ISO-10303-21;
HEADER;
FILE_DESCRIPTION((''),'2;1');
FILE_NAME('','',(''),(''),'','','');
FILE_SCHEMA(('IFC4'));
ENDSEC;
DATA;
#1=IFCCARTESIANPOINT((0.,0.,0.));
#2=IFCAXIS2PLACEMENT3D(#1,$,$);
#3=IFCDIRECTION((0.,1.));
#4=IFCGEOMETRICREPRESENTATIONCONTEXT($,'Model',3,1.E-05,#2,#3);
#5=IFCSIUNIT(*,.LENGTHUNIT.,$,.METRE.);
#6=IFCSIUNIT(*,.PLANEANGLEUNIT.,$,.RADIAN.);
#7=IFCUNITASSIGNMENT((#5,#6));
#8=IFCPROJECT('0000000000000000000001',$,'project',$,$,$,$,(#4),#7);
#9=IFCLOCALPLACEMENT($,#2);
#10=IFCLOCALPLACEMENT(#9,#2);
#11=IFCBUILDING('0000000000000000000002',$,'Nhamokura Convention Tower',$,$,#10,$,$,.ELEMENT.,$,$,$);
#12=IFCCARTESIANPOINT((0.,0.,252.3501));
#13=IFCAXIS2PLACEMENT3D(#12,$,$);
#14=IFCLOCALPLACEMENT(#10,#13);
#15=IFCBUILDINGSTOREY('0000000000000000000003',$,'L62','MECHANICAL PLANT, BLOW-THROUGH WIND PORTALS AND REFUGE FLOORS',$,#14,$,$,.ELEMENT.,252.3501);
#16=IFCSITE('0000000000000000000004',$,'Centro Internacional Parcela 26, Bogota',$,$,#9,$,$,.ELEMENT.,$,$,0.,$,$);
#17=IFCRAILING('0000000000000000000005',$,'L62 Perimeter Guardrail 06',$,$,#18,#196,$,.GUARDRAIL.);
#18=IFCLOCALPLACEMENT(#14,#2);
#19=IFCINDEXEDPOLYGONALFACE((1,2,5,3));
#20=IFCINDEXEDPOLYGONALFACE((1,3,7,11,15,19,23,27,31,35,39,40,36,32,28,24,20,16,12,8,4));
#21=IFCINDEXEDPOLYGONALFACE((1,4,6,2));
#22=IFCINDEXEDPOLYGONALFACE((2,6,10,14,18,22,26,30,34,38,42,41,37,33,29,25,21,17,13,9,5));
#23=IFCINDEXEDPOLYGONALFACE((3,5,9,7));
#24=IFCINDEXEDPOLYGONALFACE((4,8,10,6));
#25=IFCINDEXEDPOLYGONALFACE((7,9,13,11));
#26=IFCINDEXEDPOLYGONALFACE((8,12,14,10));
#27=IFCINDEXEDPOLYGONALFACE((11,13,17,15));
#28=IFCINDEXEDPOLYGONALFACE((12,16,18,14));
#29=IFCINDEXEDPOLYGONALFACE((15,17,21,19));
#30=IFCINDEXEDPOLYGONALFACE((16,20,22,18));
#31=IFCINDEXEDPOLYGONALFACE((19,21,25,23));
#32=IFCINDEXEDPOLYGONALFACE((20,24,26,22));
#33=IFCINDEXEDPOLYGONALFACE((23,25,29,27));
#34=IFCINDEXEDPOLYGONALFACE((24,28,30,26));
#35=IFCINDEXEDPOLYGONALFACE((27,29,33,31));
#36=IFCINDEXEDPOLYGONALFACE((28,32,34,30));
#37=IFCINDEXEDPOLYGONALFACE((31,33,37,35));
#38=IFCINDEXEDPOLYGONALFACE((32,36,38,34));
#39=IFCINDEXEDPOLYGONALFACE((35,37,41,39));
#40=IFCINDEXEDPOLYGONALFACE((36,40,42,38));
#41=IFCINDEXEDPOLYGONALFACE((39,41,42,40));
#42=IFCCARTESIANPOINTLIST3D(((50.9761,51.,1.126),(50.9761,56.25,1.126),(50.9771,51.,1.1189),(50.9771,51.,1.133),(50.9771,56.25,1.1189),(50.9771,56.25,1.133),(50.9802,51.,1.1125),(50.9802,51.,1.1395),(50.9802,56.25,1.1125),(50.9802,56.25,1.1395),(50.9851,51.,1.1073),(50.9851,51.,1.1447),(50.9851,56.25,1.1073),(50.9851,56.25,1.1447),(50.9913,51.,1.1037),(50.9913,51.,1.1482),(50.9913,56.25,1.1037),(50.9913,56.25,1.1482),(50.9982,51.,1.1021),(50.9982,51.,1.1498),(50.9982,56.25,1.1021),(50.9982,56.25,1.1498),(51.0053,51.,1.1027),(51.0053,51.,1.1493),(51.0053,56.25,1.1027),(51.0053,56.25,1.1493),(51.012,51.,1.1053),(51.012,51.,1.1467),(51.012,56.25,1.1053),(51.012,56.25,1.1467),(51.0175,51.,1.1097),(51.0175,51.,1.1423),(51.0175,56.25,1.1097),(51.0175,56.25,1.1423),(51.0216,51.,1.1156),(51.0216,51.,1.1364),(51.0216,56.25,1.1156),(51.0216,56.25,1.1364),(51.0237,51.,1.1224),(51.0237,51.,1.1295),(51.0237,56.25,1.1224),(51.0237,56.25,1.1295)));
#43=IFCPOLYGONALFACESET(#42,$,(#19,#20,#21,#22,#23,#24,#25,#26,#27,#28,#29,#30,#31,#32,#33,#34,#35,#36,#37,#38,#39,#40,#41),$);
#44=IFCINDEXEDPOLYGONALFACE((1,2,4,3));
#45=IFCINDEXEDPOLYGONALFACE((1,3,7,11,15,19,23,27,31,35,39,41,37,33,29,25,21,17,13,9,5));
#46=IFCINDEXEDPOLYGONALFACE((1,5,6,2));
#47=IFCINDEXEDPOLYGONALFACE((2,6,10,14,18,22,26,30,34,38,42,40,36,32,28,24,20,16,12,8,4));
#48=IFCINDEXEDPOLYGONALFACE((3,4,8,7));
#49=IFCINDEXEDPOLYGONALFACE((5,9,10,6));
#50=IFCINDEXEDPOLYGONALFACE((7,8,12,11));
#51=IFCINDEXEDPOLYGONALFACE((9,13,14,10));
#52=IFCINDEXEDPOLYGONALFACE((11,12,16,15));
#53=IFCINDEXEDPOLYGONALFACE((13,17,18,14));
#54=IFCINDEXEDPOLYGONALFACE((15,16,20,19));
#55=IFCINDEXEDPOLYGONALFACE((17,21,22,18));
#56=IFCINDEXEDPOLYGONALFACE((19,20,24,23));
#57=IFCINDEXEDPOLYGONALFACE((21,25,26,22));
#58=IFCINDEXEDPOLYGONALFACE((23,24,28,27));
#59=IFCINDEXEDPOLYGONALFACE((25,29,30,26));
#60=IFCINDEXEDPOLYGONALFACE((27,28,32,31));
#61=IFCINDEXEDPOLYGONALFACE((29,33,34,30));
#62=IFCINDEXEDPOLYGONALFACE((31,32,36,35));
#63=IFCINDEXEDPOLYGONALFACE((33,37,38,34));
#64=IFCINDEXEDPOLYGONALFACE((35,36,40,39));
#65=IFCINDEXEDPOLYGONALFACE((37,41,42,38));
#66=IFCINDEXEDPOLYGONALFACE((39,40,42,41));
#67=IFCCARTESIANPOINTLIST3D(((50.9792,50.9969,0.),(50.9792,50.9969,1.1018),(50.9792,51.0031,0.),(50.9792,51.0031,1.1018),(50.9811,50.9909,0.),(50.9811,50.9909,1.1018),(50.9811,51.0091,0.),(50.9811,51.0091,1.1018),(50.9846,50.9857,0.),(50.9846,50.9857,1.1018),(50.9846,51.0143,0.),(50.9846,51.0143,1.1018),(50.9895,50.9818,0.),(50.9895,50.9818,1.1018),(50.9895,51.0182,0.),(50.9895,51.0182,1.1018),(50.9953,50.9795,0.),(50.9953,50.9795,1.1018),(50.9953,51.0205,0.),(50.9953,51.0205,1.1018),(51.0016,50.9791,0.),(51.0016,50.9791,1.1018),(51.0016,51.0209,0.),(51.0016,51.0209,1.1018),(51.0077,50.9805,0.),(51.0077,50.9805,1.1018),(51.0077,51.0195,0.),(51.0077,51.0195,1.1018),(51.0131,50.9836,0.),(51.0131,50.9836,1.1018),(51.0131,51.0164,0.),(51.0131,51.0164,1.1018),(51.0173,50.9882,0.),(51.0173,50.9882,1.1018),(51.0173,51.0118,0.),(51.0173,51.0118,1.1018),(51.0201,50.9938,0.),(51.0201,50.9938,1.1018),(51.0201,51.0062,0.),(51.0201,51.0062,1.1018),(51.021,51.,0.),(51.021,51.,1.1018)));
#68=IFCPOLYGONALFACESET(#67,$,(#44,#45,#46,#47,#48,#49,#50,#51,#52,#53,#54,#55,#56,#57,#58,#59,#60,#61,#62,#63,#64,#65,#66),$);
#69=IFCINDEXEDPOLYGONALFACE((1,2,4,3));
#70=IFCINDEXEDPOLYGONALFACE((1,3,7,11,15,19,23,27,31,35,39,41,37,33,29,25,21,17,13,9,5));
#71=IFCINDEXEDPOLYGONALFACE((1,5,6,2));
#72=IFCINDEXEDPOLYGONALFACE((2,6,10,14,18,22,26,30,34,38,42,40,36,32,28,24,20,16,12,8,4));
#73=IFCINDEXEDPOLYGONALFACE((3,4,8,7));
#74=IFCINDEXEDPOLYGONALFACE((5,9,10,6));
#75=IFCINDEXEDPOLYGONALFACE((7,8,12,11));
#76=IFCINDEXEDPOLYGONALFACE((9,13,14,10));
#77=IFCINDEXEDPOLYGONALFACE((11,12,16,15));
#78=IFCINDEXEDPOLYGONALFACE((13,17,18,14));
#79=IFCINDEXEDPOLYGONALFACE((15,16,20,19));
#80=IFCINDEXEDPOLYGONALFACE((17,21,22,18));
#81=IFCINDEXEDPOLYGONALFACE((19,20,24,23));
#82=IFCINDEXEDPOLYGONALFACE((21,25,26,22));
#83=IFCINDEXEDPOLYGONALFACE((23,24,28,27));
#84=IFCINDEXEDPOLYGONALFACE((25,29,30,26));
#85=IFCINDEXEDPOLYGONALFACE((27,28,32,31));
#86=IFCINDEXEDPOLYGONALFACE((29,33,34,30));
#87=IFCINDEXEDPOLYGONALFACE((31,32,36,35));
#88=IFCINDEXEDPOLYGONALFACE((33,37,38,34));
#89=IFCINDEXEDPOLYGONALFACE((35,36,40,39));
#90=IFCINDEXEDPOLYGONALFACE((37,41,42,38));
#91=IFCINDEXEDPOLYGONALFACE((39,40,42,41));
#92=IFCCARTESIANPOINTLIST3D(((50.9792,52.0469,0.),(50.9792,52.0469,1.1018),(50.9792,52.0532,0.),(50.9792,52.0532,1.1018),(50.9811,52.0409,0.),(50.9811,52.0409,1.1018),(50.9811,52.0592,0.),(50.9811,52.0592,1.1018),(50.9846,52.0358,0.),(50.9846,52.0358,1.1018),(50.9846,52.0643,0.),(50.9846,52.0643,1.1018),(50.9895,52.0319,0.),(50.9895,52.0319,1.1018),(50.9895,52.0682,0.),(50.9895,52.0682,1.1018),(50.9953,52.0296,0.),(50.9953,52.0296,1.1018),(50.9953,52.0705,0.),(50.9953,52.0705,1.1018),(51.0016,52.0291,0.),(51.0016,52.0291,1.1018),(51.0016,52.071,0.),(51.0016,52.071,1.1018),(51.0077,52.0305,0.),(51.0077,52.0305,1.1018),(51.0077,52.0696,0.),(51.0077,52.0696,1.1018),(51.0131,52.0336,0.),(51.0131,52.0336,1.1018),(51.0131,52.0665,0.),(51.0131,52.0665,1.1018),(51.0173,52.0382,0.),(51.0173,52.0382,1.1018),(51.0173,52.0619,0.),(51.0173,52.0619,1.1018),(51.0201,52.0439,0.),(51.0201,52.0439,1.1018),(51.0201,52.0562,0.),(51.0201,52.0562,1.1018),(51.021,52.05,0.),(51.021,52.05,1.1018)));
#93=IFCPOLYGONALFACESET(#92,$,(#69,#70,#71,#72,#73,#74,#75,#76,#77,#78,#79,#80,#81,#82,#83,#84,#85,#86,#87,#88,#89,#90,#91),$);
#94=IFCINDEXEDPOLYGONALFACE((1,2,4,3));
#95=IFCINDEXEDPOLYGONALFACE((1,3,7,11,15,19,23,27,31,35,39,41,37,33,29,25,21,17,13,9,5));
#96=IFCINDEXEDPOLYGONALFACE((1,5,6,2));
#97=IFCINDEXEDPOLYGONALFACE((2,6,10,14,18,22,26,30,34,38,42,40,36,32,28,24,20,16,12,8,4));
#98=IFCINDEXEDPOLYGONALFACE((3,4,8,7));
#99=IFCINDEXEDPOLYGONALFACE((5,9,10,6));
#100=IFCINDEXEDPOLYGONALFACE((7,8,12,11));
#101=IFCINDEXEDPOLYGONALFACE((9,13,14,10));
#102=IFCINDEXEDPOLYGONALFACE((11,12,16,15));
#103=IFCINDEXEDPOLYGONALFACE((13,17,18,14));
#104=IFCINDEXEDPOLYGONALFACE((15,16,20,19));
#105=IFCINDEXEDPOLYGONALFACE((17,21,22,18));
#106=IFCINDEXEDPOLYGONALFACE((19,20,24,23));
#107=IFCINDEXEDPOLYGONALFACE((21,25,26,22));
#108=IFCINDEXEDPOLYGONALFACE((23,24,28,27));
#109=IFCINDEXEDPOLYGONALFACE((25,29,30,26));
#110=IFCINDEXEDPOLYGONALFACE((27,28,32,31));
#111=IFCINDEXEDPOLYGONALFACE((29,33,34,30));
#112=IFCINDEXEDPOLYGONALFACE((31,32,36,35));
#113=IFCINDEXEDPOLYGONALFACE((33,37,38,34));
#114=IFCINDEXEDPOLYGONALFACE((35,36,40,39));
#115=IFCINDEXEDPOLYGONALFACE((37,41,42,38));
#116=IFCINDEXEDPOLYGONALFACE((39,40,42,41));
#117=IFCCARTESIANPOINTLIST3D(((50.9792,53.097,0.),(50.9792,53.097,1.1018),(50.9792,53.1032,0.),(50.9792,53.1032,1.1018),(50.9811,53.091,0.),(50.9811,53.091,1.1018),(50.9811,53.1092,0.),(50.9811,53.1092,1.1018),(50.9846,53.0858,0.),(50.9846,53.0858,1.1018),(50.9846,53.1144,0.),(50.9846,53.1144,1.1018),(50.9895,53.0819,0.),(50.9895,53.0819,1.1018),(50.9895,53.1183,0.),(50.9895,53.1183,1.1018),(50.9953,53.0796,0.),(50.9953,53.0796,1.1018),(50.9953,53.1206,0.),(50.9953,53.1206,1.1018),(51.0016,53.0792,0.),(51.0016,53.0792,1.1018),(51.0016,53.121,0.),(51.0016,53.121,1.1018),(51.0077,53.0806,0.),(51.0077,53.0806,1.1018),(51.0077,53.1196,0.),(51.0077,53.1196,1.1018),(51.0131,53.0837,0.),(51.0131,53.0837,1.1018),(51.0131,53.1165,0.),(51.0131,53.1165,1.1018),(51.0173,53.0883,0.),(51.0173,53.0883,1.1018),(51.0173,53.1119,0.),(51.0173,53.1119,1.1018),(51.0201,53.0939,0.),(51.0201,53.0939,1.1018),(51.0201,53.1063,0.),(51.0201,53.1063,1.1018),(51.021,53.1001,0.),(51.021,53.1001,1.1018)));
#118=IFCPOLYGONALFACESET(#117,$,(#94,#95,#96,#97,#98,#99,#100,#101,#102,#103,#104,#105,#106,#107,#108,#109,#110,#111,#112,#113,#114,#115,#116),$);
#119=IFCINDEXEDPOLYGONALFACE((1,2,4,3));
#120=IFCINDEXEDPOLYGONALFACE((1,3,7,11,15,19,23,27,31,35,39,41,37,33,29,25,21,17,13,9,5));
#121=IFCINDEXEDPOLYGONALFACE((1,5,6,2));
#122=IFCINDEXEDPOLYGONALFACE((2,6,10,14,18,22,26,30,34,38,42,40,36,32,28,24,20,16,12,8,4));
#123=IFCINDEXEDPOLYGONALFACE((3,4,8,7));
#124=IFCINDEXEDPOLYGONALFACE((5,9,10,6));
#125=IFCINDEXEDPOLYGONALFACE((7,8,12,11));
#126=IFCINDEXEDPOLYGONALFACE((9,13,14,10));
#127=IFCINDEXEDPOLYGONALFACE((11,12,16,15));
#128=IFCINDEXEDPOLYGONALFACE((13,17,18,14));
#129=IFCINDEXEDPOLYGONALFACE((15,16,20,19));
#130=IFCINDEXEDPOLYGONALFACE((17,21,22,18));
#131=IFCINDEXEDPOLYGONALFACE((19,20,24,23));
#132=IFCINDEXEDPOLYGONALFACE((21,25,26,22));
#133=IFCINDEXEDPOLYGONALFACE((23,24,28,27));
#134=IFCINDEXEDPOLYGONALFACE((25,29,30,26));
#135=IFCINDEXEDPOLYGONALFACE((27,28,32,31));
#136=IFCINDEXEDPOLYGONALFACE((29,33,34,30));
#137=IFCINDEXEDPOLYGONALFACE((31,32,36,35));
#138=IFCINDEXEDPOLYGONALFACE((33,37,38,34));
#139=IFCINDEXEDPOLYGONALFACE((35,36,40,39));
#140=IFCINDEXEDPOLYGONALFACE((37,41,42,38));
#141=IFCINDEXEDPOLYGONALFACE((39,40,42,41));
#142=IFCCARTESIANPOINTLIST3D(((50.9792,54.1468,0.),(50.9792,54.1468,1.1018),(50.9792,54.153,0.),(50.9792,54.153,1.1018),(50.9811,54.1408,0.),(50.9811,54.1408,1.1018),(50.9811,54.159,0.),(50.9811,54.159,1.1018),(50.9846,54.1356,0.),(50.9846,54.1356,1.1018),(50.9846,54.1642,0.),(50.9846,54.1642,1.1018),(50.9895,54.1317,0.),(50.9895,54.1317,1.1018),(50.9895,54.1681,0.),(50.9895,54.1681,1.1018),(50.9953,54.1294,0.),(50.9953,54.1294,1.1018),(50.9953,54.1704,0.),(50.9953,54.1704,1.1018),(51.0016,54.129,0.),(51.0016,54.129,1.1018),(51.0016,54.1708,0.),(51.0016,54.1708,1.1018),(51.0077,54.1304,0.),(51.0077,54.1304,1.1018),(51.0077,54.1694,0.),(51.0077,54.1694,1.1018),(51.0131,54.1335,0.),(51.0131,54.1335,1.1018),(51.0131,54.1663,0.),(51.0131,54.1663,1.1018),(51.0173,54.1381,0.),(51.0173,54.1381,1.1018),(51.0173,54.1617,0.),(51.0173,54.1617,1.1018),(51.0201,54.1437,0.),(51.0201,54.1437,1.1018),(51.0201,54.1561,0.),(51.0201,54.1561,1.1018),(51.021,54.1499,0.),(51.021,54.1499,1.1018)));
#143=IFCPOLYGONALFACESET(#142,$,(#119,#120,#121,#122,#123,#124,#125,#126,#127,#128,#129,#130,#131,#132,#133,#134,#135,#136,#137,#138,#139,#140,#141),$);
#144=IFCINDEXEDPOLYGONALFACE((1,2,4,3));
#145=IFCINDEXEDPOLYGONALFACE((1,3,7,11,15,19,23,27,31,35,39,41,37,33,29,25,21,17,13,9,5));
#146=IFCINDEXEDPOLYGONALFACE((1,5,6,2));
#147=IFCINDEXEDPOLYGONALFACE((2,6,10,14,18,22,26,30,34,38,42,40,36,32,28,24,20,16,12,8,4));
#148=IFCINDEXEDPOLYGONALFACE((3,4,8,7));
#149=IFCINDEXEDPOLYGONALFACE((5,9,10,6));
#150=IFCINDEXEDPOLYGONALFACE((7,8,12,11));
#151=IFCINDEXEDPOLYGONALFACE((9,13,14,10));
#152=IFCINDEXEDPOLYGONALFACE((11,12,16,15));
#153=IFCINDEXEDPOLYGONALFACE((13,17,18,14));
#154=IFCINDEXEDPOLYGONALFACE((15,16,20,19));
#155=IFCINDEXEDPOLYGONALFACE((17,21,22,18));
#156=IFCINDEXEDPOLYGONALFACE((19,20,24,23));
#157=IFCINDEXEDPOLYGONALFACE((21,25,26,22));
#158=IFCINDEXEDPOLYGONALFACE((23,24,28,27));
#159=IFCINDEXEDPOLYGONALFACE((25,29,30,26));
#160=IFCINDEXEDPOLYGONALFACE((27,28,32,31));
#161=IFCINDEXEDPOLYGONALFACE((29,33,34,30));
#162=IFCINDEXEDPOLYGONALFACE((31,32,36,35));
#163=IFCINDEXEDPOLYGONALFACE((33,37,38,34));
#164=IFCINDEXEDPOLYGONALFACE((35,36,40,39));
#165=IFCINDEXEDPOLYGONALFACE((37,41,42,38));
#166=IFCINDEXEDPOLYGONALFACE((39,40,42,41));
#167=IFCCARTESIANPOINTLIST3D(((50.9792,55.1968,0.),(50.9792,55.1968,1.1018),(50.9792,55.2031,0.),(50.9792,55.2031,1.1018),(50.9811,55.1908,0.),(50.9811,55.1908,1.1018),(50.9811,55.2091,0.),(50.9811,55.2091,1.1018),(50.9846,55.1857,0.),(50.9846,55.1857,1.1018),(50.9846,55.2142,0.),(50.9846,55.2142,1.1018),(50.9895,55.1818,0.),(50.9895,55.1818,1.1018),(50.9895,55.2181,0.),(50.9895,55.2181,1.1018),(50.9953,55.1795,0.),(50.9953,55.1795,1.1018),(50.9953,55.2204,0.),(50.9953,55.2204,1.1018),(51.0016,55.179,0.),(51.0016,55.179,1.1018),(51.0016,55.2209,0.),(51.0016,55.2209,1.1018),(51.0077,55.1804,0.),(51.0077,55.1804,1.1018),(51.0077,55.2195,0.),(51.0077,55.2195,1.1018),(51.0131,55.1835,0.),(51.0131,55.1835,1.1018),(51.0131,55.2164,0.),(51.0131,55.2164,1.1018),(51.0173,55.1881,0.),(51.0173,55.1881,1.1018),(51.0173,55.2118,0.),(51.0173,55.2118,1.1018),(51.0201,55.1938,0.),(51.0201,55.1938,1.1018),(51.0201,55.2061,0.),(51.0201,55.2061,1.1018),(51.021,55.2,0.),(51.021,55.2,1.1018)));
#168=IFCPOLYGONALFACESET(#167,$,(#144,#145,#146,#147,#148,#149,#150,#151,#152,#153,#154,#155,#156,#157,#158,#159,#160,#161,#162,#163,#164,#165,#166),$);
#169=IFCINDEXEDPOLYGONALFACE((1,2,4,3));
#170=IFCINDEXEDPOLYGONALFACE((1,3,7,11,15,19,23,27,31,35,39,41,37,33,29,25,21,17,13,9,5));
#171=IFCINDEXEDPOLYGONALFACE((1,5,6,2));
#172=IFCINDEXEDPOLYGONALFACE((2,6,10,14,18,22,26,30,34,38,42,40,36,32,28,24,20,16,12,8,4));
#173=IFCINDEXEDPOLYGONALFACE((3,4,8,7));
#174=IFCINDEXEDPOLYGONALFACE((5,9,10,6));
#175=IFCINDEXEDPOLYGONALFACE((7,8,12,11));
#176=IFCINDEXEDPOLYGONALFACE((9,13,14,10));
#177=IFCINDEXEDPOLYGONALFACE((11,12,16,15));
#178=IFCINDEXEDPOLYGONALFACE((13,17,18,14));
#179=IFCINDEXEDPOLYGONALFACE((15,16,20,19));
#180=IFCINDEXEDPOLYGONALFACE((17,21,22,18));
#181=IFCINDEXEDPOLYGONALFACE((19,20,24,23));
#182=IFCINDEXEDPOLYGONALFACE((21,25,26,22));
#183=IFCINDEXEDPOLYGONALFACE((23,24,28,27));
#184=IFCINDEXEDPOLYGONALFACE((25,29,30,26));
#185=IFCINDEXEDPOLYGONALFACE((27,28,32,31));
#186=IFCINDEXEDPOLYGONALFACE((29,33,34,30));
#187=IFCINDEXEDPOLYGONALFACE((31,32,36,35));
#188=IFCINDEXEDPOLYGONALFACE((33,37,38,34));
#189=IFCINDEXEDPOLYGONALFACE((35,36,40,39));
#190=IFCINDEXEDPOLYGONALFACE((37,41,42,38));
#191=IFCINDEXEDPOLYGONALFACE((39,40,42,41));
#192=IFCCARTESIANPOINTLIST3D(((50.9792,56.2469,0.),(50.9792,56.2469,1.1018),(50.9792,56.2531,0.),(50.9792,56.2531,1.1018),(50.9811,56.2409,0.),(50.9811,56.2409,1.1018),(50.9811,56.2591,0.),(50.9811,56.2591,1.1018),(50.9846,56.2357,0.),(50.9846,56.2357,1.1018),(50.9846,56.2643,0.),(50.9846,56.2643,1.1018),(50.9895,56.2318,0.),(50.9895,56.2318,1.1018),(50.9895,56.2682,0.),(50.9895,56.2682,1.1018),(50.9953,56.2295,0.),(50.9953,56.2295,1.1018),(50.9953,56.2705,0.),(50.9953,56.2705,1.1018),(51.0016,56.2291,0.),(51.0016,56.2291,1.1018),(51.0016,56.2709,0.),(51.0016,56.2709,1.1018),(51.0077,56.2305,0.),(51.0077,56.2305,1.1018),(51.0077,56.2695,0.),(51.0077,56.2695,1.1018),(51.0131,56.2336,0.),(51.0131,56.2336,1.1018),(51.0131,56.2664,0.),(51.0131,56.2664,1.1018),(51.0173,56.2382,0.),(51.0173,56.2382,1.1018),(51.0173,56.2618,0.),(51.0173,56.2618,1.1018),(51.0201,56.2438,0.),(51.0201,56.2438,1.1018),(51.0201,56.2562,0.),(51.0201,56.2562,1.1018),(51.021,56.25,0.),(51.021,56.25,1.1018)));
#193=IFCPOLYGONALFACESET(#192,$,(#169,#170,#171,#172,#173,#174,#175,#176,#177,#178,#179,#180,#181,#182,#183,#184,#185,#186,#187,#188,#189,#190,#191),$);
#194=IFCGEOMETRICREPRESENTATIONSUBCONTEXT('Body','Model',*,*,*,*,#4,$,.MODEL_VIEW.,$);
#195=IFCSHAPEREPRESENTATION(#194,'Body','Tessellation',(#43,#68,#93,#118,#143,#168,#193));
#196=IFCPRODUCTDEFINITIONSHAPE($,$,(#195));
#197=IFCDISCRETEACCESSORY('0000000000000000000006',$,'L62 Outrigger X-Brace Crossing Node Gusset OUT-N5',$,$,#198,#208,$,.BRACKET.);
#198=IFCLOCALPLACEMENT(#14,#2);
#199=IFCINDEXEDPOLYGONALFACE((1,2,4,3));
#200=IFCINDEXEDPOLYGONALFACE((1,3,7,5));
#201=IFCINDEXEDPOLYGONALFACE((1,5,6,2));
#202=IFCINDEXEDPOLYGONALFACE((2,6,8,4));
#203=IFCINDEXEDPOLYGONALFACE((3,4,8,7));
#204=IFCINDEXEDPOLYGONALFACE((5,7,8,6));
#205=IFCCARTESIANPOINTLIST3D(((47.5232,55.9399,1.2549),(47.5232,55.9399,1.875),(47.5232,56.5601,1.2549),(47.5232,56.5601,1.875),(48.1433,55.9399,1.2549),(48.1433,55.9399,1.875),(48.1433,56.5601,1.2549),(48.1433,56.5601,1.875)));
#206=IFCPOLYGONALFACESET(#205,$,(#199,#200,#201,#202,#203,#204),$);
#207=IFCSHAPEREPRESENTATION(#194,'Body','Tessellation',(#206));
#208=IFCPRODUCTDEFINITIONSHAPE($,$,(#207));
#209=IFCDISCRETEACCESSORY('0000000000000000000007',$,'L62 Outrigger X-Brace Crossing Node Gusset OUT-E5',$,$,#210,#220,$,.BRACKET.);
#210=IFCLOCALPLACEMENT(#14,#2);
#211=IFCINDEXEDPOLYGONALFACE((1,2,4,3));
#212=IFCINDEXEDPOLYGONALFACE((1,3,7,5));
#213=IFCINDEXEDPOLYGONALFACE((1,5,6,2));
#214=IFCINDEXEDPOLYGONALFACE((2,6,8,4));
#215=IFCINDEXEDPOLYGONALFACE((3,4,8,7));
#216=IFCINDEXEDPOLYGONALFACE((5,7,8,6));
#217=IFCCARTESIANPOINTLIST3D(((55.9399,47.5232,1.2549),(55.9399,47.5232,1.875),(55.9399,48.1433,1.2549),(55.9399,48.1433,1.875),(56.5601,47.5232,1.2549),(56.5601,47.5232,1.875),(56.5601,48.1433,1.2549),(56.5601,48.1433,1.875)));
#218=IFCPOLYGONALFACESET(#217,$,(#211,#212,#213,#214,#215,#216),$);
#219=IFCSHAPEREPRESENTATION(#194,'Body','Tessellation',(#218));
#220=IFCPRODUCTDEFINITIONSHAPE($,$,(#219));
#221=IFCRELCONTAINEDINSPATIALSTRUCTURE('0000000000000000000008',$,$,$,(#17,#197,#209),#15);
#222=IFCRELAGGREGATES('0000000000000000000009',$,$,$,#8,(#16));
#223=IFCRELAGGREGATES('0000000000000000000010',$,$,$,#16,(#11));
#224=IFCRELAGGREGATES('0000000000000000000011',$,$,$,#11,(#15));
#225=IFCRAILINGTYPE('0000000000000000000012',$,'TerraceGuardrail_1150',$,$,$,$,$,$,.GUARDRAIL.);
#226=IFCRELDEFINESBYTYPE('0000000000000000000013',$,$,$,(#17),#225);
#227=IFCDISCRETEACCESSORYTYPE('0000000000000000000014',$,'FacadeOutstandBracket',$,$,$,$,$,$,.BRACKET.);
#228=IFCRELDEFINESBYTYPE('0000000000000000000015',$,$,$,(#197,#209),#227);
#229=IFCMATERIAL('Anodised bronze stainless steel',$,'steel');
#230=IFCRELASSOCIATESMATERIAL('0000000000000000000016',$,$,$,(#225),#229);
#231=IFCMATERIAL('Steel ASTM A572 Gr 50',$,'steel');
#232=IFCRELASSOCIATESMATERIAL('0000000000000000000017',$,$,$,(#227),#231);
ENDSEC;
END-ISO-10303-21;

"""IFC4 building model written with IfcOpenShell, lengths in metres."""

from ifc_helpers import new_model, si_unit, direction, frame, origin, origin_2d, place, context, subcontext, project, spatial, rectangle, circle, extrude, material, type_object, element, save


model = new_model("IFC4")

# Units and contexts
model_context = context("Model", 3, precision=1e-05, world=origin(), true_north=direction((0.0, 1.0)))
body_context = subcontext(model_context, "Body", "Model", "MODEL_VIEW")
ifc_project = project(units=[si_unit("LENGTHUNIT", "METRE"), si_unit("PLANEANGLEUNIT", "RADIAN")], contexts=[model_context])

# Site, building, storey
site_placement = place(None, origin())
site = spatial("IfcSite", under=ifc_project, at=site_placement, Name="Centro Internacional Parcela 26, Bogota", CompositionType="ELEMENT", RefElevation=0.0)
building_placement = place(site_placement, origin())
building = spatial("IfcBuilding", under=site, at=building_placement, Name="Nhamokura Convention Tower", CompositionType="ELEMENT")
storey_placement = place(building_placement, frame((0.0, 0.0, 252.3501)))
storey = spatial("IfcBuildingStorey", under=building, at=storey_placement, Name="L62", Description="MECHANICAL PLANT, BLOW-THROUGH WIND PORTALS AND REFUGE FLOORS", CompositionType="ELEMENT", Elevation=252.3501)

# Railing
ifc_material_1 = material(Name="Anodised bronze stainless steel", Category="steel")
railing_type = type_object("IfcRailingType", Name="TerraceGuardrail_1150", PredefinedType="GUARDRAIL", material=ifc_material_1)
railing_1_placement = place(storey_placement, frame((51.0, 51.0, 0.0)))
element("IfcRailing", 1, at=railing_1_placement, inside=storey, type_object=railing_type, Name="L62 Perimeter Guardrail 06", PredefinedType="GUARDRAIL", context=body_context, shape_type="SweptSolid", body=[
    extrude(circle(Radius=0.0239, at=origin_2d()), frame((0.0, 0.0, 1.126), z_axis=(0.0, 1.0, 0.0), x_axis=(-1.0, 0.0, 0.0)), (0.0, 0.0, 1.0), 5.25),
    extrude(circle(Radius=0.021, at=origin_2d()), origin(), (0.0, 0.0, 1.0), 1.1018),
    extrude(circle(Radius=0.021, at=origin_2d()), frame((0.0, 1.05, 0.0)), (0.0, 0.0, 1.0), 1.1018),
    extrude(circle(Radius=0.021, at=origin_2d()), frame((0.0, 2.1001, 0.0)), (0.0, 0.0, 1.0), 1.1018),
    extrude(circle(Radius=0.021, at=origin_2d()), frame((0.0, 3.1499, 0.0)), (0.0, 0.0, 1.0), 1.1018),
    extrude(circle(Radius=0.021, at=origin_2d()), frame((0.0, 4.2, 0.0)), (0.0, 0.0, 1.0), 1.1018),
    extrude(circle(Radius=0.021, at=origin_2d()), frame((0.0, 5.25, 0.0)), (0.0, 0.0, 1.0), 1.1018),
])

# Discrete accessories
ifc_material_2 = material(Name="Steel ASTM A572 Gr 50", Category="steel")
discrete_accessory_type = type_object("IfcDiscreteAccessoryType", Name="FacadeOutstandBracket", PredefinedType="BRACKET", material=ifc_material_2)
for number, where, z_axis, x_axis, name in (
    (2, (47.8333, 56.25, 1.2549), (0.0, 0.0, 1.0), (1.0, 0.0, 0.0), "L62 Outrigger X-Brace Crossing Node Gusset OUT-N5"),
    (3, (56.25, 47.8333, 1.2549), (0.0, 0.0, 1.0), (1.0, 0.0, 0.0), "L62 Outrigger X-Brace Crossing Node Gusset OUT-E5"),
):
    element("IfcDiscreteAccessory", number, at=place(storey_placement, frame(where, z_axis=z_axis, x_axis=x_axis)), inside=storey, type_object=discrete_accessory_type, Name=name, PredefinedType="BRACKET", context=body_context, shape_type="SweptSolid", body=[
        extrude(rectangle(XDim=0.6201, YDim=0.6201, at=origin_2d()), origin(), (0.0, 0.0, 1.0), 0.6201),
    ])

save(model, "model.ifc")
